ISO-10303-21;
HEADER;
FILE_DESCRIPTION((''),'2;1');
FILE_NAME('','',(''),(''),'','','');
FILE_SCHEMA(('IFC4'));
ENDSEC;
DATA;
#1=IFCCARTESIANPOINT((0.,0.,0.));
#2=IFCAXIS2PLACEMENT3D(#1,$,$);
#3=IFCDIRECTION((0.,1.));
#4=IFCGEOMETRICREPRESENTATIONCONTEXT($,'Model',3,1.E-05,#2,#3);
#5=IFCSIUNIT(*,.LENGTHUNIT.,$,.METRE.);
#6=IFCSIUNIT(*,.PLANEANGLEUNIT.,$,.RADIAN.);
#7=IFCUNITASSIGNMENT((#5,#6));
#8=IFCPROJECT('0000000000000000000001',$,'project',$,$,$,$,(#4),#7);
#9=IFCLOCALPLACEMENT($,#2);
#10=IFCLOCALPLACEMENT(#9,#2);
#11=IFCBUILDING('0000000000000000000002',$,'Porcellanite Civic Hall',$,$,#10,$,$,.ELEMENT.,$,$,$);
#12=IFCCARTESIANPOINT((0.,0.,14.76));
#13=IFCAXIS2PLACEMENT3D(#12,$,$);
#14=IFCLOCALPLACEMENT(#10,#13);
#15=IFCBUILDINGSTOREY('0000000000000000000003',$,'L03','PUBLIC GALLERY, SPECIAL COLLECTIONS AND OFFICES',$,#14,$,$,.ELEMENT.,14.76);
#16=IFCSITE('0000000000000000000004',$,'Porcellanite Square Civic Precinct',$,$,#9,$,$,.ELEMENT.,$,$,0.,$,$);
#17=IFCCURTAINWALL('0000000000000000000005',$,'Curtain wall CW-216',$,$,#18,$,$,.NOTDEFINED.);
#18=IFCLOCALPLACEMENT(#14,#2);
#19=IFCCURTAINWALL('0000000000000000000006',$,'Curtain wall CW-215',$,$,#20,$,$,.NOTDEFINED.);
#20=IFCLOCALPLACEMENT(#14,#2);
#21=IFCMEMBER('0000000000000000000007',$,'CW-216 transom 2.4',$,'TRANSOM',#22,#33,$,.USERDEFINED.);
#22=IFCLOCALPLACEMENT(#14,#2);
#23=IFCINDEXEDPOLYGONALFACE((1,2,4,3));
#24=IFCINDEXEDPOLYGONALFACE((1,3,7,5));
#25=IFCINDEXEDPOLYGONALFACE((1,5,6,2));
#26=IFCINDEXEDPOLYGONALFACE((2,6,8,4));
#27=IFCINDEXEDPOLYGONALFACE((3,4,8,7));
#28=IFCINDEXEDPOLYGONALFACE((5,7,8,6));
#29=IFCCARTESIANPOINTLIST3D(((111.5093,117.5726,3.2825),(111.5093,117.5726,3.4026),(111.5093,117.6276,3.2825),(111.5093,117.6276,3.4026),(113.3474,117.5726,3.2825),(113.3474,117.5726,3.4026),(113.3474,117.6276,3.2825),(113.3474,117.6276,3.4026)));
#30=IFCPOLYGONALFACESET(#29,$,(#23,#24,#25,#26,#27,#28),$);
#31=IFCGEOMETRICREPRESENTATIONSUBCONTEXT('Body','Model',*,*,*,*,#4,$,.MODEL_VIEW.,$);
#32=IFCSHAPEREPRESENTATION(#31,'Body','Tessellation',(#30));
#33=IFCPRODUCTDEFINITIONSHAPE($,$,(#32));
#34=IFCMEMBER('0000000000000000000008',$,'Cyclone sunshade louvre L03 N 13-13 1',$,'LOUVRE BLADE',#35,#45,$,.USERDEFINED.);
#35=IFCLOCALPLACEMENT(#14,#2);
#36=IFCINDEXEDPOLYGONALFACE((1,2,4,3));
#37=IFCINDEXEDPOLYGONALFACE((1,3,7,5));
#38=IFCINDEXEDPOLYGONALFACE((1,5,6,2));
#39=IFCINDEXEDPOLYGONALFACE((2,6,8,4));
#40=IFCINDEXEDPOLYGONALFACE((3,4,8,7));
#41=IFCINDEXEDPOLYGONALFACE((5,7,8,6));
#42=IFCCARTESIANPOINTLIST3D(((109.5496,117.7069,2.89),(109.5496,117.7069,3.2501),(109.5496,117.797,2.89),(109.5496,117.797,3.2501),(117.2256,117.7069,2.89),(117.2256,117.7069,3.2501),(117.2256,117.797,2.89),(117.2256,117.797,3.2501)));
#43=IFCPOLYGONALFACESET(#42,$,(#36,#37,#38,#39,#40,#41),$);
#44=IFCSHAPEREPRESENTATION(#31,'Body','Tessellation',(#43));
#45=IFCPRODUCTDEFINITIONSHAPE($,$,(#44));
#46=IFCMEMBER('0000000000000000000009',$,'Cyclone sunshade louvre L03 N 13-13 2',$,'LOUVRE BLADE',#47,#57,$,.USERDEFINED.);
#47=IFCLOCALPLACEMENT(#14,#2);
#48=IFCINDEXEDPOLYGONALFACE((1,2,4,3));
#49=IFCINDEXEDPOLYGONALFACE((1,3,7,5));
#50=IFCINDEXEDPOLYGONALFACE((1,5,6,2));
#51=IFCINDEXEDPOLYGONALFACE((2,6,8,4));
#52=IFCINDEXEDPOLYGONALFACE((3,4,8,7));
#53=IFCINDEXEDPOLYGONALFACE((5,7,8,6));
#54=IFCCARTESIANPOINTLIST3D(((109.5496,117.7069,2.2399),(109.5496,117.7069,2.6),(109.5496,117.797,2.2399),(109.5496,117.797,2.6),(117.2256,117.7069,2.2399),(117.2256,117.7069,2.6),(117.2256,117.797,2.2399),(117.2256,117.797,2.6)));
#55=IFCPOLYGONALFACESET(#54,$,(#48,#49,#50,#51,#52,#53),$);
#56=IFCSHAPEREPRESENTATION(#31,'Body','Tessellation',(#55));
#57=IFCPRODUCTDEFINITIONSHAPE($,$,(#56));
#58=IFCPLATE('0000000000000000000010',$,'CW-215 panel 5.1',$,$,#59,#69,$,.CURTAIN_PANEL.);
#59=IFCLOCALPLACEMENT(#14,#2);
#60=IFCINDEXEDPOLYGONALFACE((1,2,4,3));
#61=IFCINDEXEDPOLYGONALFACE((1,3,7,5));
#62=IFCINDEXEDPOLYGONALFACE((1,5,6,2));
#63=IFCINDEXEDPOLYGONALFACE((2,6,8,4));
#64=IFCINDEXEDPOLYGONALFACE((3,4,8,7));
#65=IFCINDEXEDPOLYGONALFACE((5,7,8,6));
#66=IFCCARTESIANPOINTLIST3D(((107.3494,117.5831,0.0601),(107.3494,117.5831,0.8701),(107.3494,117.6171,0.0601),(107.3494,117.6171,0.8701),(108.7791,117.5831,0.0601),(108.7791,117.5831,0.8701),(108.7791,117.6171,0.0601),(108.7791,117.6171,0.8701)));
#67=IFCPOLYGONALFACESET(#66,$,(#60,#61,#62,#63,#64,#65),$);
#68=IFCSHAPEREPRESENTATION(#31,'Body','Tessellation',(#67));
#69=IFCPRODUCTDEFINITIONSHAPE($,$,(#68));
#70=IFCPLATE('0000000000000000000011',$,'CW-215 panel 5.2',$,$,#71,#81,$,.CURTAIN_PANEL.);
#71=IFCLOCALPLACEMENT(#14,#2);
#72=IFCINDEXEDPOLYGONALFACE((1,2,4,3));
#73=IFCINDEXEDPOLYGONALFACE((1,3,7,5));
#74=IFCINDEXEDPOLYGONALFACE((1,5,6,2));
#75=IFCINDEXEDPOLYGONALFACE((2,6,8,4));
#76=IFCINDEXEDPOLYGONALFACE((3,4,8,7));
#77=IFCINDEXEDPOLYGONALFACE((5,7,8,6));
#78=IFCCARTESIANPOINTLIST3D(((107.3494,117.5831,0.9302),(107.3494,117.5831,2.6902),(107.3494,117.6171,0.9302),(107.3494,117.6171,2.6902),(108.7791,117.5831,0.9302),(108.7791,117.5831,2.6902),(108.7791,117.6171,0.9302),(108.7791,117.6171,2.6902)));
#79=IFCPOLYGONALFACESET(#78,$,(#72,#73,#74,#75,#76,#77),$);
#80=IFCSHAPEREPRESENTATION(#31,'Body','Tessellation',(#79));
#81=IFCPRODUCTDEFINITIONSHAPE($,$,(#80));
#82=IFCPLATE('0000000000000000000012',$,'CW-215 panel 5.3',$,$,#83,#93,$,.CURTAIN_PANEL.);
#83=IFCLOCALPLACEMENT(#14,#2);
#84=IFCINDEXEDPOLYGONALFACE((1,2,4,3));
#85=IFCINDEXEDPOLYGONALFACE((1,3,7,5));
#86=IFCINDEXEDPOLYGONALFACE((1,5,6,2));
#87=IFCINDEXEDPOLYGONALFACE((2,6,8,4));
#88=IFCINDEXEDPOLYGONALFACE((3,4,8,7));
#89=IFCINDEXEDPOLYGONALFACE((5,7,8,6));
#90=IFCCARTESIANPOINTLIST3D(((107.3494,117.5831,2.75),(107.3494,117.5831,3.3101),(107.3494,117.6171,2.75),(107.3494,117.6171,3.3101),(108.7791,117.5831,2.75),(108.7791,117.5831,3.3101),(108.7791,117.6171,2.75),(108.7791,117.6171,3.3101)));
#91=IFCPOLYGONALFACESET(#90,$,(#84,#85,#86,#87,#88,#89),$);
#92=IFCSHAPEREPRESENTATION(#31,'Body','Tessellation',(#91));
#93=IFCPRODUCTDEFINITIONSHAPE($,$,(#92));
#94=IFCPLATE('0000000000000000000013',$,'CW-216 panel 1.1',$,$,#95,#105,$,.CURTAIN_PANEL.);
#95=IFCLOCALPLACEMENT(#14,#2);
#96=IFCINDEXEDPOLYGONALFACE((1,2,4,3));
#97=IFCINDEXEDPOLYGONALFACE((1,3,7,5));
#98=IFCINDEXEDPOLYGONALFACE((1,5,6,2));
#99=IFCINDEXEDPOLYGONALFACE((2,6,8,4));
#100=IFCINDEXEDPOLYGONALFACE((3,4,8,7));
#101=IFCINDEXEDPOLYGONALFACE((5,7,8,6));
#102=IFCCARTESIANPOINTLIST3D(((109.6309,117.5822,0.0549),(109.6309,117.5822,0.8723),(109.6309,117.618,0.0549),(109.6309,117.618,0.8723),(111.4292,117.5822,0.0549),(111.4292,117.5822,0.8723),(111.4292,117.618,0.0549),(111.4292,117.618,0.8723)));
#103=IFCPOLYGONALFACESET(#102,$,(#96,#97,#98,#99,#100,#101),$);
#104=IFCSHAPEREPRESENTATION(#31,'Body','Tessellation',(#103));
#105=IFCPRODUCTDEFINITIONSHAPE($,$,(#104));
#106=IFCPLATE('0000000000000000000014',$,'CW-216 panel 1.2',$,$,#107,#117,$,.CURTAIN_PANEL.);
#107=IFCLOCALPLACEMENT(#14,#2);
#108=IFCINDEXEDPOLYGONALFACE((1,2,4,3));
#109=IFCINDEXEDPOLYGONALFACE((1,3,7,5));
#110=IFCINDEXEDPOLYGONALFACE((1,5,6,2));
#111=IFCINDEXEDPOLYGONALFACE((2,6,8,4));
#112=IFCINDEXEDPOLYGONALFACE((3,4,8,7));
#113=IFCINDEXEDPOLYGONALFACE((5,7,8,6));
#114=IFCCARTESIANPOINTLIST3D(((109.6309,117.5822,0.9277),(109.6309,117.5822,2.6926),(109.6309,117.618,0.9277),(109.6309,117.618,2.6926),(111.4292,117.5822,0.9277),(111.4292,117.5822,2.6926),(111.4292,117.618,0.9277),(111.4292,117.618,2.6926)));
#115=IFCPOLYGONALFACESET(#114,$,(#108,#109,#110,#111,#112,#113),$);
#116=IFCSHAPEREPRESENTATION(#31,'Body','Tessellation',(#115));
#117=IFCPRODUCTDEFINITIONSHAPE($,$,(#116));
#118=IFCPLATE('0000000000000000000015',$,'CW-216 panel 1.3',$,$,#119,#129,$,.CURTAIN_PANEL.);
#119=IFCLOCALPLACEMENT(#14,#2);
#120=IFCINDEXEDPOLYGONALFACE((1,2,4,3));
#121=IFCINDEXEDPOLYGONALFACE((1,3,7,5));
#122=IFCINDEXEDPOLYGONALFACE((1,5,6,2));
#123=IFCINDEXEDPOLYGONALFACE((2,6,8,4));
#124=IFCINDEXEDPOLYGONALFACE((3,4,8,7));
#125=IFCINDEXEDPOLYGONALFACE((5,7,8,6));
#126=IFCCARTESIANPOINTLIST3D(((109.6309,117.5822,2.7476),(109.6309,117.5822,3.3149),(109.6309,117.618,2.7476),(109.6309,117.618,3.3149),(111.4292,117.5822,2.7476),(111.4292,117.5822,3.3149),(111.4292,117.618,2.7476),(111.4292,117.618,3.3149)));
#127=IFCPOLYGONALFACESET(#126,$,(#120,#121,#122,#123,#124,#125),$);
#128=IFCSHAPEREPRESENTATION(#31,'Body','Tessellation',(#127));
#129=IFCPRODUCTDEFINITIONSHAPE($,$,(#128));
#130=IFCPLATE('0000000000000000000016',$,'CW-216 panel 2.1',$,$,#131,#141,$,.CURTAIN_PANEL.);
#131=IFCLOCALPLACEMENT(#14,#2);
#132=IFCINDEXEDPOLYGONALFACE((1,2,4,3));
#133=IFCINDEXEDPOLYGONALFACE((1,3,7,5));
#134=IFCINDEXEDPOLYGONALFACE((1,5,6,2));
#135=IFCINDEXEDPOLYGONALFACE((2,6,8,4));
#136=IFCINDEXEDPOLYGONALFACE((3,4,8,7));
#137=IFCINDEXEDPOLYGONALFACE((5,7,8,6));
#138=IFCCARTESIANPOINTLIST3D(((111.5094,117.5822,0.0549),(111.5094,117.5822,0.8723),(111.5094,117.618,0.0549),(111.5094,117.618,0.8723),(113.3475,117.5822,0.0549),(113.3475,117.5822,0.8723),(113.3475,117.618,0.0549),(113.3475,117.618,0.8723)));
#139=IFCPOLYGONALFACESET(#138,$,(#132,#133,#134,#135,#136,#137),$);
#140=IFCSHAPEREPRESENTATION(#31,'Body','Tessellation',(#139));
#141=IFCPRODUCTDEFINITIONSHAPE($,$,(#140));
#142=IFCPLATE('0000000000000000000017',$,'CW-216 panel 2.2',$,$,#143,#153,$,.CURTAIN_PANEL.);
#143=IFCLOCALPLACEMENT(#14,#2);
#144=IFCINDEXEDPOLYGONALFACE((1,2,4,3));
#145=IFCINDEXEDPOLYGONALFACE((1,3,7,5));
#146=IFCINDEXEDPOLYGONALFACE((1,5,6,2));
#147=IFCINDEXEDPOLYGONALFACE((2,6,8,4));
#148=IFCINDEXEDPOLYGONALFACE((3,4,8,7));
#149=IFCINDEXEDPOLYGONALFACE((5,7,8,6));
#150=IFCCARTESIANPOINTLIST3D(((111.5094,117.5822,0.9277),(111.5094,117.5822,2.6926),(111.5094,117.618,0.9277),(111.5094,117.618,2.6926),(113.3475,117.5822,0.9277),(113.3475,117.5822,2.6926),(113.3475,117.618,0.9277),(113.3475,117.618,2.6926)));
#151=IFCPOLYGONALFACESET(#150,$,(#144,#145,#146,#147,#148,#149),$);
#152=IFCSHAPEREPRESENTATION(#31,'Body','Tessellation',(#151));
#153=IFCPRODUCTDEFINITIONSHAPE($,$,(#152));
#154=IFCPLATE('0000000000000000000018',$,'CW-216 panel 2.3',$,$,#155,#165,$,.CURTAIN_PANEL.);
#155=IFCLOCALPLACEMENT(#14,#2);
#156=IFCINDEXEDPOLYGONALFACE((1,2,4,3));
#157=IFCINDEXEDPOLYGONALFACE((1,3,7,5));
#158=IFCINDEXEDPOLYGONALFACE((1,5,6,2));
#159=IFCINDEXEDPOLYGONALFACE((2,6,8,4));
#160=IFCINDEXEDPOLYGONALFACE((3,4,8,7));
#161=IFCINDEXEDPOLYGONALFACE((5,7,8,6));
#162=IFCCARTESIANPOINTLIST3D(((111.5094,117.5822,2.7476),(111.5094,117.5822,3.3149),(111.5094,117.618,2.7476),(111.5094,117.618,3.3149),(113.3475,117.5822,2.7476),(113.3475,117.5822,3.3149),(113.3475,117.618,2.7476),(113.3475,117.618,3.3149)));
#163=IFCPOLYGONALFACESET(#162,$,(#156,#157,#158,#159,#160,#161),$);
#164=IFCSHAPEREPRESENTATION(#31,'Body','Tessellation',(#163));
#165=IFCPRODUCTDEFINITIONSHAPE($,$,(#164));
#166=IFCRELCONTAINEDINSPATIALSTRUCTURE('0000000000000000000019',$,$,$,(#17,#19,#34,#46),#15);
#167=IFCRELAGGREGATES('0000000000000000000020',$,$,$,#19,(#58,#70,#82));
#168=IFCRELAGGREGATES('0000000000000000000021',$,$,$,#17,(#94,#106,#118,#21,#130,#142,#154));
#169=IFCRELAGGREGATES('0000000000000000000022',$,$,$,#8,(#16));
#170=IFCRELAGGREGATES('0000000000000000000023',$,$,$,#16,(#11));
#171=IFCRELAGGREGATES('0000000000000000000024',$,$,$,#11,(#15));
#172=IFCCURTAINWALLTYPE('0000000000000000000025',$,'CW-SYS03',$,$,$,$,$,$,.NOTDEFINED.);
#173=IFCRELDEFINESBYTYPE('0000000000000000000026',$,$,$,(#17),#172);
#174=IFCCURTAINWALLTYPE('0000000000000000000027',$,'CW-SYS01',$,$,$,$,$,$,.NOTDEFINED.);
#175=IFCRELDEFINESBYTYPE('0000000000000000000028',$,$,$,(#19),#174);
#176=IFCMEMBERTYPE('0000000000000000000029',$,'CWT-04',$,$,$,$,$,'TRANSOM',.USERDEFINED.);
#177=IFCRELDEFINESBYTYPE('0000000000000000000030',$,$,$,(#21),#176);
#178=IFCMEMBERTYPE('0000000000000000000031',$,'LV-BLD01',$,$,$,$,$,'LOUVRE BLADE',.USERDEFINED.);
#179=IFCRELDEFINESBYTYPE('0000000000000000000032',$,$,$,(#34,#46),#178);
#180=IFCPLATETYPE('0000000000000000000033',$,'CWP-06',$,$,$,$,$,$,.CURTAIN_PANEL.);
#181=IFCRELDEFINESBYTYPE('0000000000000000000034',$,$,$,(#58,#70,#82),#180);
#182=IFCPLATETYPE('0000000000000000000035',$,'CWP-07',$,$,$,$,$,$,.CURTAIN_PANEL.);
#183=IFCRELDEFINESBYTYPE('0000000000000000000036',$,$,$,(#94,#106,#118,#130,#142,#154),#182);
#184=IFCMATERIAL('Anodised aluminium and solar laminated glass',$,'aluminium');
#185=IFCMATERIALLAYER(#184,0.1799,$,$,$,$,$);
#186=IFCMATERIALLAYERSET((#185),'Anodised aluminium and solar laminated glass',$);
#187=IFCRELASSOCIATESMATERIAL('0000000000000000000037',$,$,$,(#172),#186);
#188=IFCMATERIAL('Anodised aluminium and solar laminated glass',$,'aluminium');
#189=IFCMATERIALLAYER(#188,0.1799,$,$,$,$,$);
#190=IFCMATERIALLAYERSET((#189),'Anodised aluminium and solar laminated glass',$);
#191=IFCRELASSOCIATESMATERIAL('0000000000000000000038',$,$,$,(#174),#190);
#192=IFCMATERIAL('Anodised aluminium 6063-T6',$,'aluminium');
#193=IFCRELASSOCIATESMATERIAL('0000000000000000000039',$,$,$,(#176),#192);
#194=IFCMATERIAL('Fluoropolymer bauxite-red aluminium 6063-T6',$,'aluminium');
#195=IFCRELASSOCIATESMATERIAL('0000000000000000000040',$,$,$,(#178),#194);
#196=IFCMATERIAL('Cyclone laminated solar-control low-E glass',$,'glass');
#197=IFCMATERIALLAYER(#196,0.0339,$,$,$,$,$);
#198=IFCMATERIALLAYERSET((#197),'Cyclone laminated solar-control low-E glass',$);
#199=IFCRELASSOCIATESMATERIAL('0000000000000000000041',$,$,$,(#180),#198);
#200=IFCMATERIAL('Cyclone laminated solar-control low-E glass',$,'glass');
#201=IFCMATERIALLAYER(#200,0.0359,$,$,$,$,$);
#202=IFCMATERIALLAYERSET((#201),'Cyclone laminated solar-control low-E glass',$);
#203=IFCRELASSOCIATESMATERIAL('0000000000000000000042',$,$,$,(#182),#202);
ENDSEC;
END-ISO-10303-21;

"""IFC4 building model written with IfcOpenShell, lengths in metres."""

from ifc_helpers import new_model, si_unit, direction, frame, origin, origin_2d, place, context, subcontext, project, spatial, rectangle, extrude, material, layer, layer_set, material_profile, profile_set, type_object, element, aggregate, save


model = new_model("IFC4")

# Units and contexts
model_context = context("Model", 3, precision=1e-05, world=origin(), true_north=direction((0.0, 1.0)))
body_context = subcontext(model_context, "Body", "Model", "MODEL_VIEW")
ifc_project = project(units=[si_unit("LENGTHUNIT", "METRE"), si_unit("PLANEANGLEUNIT", "RADIAN")], contexts=[model_context])

# Site, building, storey
site_placement = place(None, origin())
site = spatial("IfcSite", under=ifc_project, at=site_placement, Name="Porcellanite Square Civic Precinct", CompositionType="ELEMENT", RefElevation=0.0)
building_placement = place(site_placement, origin())
building = spatial("IfcBuilding", under=site, at=building_placement, Name="Porcellanite Civic Hall", CompositionType="ELEMENT")
storey_placement = place(building_placement, frame((0.0, 0.0, 14.76)))
storey = spatial("IfcBuildingStorey", under=building, at=storey_placement, Name="L03", Description="PUBLIC GALLERY, SPECIAL COLLECTIONS AND OFFICES", CompositionType="ELEMENT", Elevation=14.76)

# Curtain walls
ifc_material_1 = material(Name="Anodised aluminium and solar laminated glass", Category="aluminium")
ifc_layer_1 = layer(ifc_material_1, 0.1799)
ifc_layer_set_1 = layer_set([ifc_layer_1], Name="Anodised aluminium and solar laminated glass")
curtain_wall_type_1 = type_object("IfcCurtainWallType", Name="CW-SYS03", PredefinedType="NOTDEFINED", material=ifc_layer_set_1)
curtain_wall_1_placement = place(storey_placement, origin())
curtain_wall_1 = element("IfcCurtainWall", 1, at=curtain_wall_1_placement, inside=storey, type_object=curtain_wall_type_1, Name="Curtain wall CW-216", PredefinedType="NOTDEFINED")
ifc_material_2 = material(Name="Anodised aluminium and solar laminated glass", Category="aluminium")
ifc_layer_2 = layer(ifc_material_2, 0.1799)
ifc_layer_set_2 = layer_set([ifc_layer_2], Name="Anodised aluminium and solar laminated glass")
curtain_wall_type_2 = type_object("IfcCurtainWallType", Name="CW-SYS01", PredefinedType="NOTDEFINED", material=ifc_layer_set_2)
curtain_wall_2_placement = place(storey_placement, origin())
curtain_wall_2 = element("IfcCurtainWall", 2, at=curtain_wall_2_placement, inside=storey, type_object=curtain_wall_type_2, Name="Curtain wall CW-215", PredefinedType="NOTDEFINED")

# Member
ifc_material_3 = material(Name="Anodised aluminium 6063-T6", Category="aluminium")
ifc_material_profile_1 = material_profile(ifc_material_3, rectangle(XDim=0.0549, YDim=0.1201, at=origin_2d()), Name="AL-55x120")
ifc_profile_set_1 = profile_set([ifc_material_profile_1], Name="Anodised aluminium 6063-T6")
member_type_1 = type_object("IfcMemberType", Name="CWT-04", ElementType="TRANSOM", PredefinedType="USERDEFINED", material=ifc_profile_set_1)
member_1_placement = place(storey_placement, frame((111.5093, 117.6001, 3.3425), z_axis=(1.0, 0.0, 0.0), x_axis=(0.0, 1.0, 0.0)))
member_1 = element("IfcMember", 3, at=member_1_placement, type_object=member_type_1, Name="CW-216 transom 2.4", ObjectType="TRANSOM", PredefinedType="USERDEFINED", context=body_context, shape_type="SweptSolid", body=[
    extrude(rectangle(XDim=0.0549, YDim=0.1201, at=origin_2d()), origin(), (0.0, 0.0, 1.0), 1.8381),
])

# Members
ifc_material_4 = material(Name="Fluoropolymer bauxite-red aluminium 6063-T6", Category="aluminium")
ifc_material_profile_2 = material_profile(ifc_material_4, rectangle(XDim=0.0901, YDim=0.3601, at=origin_2d()), Name="AL-90x360")
ifc_profile_set_2 = profile_set([ifc_material_profile_2], Name="Fluoropolymer bauxite-red aluminium 6063-T6")
member_type_2 = type_object("IfcMemberType", Name="LV-BLD01", ElementType="LOUVRE BLADE", PredefinedType="USERDEFINED", material=ifc_profile_set_2)
for number, where, z_axis, x_axis, name in (
    (4, (109.5496, 117.752, 3.0701), (1.0, 0.0, 0.0), (0.0, 1.0, 0.0), "Cyclone sunshade louvre L03 N 13-13 1"),
    (5, (109.5496, 117.752, 2.4199), (1.0, 0.0, 0.0), (0.0, 1.0, 0.0), "Cyclone sunshade louvre L03 N 13-13 2"),
):
    element("IfcMember", number, at=place(storey_placement, frame(where, z_axis=z_axis, x_axis=x_axis)), inside=storey, type_object=member_type_2, Name=name, ObjectType="LOUVRE BLADE", PredefinedType="USERDEFINED", context=body_context, shape_type="SweptSolid", body=[
        extrude(rectangle(XDim=0.0901, YDim=0.3601, at=origin_2d()), origin(), (0.0, 0.0, 1.0), 7.676),
    ])

# Plates
ifc_material_5 = material(Name="Cyclone laminated solar-control low-E glass", Category="glass")
ifc_layer_3 = layer(ifc_material_5, 0.0339)
ifc_layer_set_3 = layer_set([ifc_layer_3], Name="Cyclone laminated solar-control low-E glass")
plate_type_1 = type_object("IfcPlateType", Name="CWP-06", PredefinedType="CURTAIN_PANEL", material=ifc_layer_set_3)
plate_1_placement = place(storey_placement, frame((108.0642, 117.6001, 0.0601), z_axis=(0.0, 0.0, 1.0), x_axis=(1.0, 0.0, 0.0)))
plate_1 = element("IfcPlate", 6, at=plate_1_placement, type_object=plate_type_1, Name="CW-215 panel 5.1", PredefinedType="CURTAIN_PANEL", context=body_context, shape_type="SweptSolid", body=[
    extrude(rectangle(XDim=1.4297, YDim=0.0339, at=origin_2d()), origin(), (0.0, 0.0, 1.0), 0.8101),
])
plate_2_placement = place(storey_placement, frame((108.0642, 117.6001, 0.9302), z_axis=(0.0, 0.0, 1.0), x_axis=(1.0, 0.0, 0.0)))
plate_2 = element("IfcPlate", 7, at=plate_2_placement, type_object=plate_type_1, Name="CW-215 panel 5.2", PredefinedType="CURTAIN_PANEL", context=body_context, shape_type="SweptSolid", body=[
    extrude(rectangle(XDim=1.4297, YDim=0.0339, at=origin_2d()), origin(), (0.0, 0.0, 1.0), 1.76),
])
plate_3_placement = place(storey_placement, frame((108.0642, 117.6001, 2.75), z_axis=(0.0, 0.0, 1.0), x_axis=(1.0, 0.0, 0.0)))
plate_3 = element("IfcPlate", 8, at=plate_3_placement, type_object=plate_type_1, Name="CW-215 panel 5.3", PredefinedType="CURTAIN_PANEL", context=body_context, shape_type="SweptSolid", body=[
    extrude(rectangle(XDim=1.4297, YDim=0.0339, at=origin_2d()), origin(), (0.0, 0.0, 1.0), 0.5601),
])
aggregate(curtain_wall_2, [plate_1, plate_2, plate_3])
ifc_material_6 = material(Name="Cyclone laminated solar-control low-E glass", Category="glass")
ifc_layer_4 = layer(ifc_material_6, 0.0359)
ifc_layer_set_4 = layer_set([ifc_layer_4], Name="Cyclone laminated solar-control low-E glass")
plate_type_2 = type_object("IfcPlateType", Name="CWP-07", PredefinedType="CURTAIN_PANEL", material=ifc_layer_set_4)
plate_4_placement = place(storey_placement, frame((110.53, 117.6001, 0.0549), z_axis=(0.0, 0.0, 1.0), x_axis=(1.0, 0.0, 0.0)))
plate_4 = element("IfcPlate", 9, at=plate_4_placement, type_object=plate_type_2, Name="CW-216 panel 1.1", PredefinedType="CURTAIN_PANEL", context=body_context, shape_type="SweptSolid", body=[
    extrude(rectangle(XDim=1.7983, YDim=0.0359, at=origin_2d()), origin(), (0.0, 0.0, 1.0), 0.8174),
])
plate_5_placement = place(storey_placement, frame((110.53, 117.6001, 0.9277), z_axis=(0.0, 0.0, 1.0), x_axis=(1.0, 0.0, 0.0)))
plate_5 = element("IfcPlate", 10, at=plate_5_placement, type_object=plate_type_2, Name="CW-216 panel 1.2", PredefinedType="CURTAIN_PANEL", context=body_context, shape_type="SweptSolid", body=[
    extrude(rectangle(XDim=1.7983, YDim=0.0359, at=origin_2d()), origin(), (0.0, 0.0, 1.0), 1.7649),
])
plate_6_placement = place(storey_placement, frame((110.53, 117.6001, 2.7476), z_axis=(0.0, 0.0, 1.0), x_axis=(1.0, 0.0, 0.0)))
plate_6 = element("IfcPlate", 11, at=plate_6_placement, type_object=plate_type_2, Name="CW-216 panel 1.3", PredefinedType="CURTAIN_PANEL", context=body_context, shape_type="SweptSolid", body=[
    extrude(rectangle(XDim=1.7983, YDim=0.0359, at=origin_2d()), origin(), (0.0, 0.0, 1.0), 0.5674),
])
plate_7_placement = place(storey_placement, frame((112.4285, 117.6001, 0.0549), z_axis=(0.0, 0.0, 1.0), x_axis=(1.0, 0.0, 0.0)))
plate_7 = element("IfcPlate", 12, at=plate_7_placement, type_object=plate_type_2, Name="CW-216 panel 2.1", PredefinedType="CURTAIN_PANEL", context=body_context, shape_type="SweptSolid", body=[
    extrude(rectangle(XDim=1.8381, YDim=0.0359, at=origin_2d()), origin(), (0.0, 0.0, 1.0), 0.8174),
])
plate_8_placement = place(storey_placement, frame((112.4285, 117.6001, 0.9277), z_axis=(0.0, 0.0, 1.0), x_axis=(1.0, 0.0, 0.0)))
plate_8 = element("IfcPlate", 13, at=plate_8_placement, type_object=plate_type_2, Name="CW-216 panel 2.2", PredefinedType="CURTAIN_PANEL", context=body_context, shape_type="SweptSolid", body=[
    extrude(rectangle(XDim=1.8381, YDim=0.0359, at=origin_2d()), origin(), (0.0, 0.0, 1.0), 1.7649),
])
plate_9_placement = place(storey_placement, frame((112.4285, 117.6001, 2.7476), z_axis=(0.0, 0.0, 1.0), x_axis=(1.0, 0.0, 0.0)))
plate_9 = element("IfcPlate", 14, at=plate_9_placement, type_object=plate_type_2, Name="CW-216 panel 2.3", PredefinedType="CURTAIN_PANEL", context=body_context, shape_type="SweptSolid", body=[
    extrude(rectangle(XDim=1.8381, YDim=0.0359, at=origin_2d()), origin(), (0.0, 0.0, 1.0), 0.5674),
])
aggregate(curtain_wall_1, [plate_4, plate_5, plate_6, member_1, plate_7, plate_8, plate_9])

save(model, "model.ifc")
